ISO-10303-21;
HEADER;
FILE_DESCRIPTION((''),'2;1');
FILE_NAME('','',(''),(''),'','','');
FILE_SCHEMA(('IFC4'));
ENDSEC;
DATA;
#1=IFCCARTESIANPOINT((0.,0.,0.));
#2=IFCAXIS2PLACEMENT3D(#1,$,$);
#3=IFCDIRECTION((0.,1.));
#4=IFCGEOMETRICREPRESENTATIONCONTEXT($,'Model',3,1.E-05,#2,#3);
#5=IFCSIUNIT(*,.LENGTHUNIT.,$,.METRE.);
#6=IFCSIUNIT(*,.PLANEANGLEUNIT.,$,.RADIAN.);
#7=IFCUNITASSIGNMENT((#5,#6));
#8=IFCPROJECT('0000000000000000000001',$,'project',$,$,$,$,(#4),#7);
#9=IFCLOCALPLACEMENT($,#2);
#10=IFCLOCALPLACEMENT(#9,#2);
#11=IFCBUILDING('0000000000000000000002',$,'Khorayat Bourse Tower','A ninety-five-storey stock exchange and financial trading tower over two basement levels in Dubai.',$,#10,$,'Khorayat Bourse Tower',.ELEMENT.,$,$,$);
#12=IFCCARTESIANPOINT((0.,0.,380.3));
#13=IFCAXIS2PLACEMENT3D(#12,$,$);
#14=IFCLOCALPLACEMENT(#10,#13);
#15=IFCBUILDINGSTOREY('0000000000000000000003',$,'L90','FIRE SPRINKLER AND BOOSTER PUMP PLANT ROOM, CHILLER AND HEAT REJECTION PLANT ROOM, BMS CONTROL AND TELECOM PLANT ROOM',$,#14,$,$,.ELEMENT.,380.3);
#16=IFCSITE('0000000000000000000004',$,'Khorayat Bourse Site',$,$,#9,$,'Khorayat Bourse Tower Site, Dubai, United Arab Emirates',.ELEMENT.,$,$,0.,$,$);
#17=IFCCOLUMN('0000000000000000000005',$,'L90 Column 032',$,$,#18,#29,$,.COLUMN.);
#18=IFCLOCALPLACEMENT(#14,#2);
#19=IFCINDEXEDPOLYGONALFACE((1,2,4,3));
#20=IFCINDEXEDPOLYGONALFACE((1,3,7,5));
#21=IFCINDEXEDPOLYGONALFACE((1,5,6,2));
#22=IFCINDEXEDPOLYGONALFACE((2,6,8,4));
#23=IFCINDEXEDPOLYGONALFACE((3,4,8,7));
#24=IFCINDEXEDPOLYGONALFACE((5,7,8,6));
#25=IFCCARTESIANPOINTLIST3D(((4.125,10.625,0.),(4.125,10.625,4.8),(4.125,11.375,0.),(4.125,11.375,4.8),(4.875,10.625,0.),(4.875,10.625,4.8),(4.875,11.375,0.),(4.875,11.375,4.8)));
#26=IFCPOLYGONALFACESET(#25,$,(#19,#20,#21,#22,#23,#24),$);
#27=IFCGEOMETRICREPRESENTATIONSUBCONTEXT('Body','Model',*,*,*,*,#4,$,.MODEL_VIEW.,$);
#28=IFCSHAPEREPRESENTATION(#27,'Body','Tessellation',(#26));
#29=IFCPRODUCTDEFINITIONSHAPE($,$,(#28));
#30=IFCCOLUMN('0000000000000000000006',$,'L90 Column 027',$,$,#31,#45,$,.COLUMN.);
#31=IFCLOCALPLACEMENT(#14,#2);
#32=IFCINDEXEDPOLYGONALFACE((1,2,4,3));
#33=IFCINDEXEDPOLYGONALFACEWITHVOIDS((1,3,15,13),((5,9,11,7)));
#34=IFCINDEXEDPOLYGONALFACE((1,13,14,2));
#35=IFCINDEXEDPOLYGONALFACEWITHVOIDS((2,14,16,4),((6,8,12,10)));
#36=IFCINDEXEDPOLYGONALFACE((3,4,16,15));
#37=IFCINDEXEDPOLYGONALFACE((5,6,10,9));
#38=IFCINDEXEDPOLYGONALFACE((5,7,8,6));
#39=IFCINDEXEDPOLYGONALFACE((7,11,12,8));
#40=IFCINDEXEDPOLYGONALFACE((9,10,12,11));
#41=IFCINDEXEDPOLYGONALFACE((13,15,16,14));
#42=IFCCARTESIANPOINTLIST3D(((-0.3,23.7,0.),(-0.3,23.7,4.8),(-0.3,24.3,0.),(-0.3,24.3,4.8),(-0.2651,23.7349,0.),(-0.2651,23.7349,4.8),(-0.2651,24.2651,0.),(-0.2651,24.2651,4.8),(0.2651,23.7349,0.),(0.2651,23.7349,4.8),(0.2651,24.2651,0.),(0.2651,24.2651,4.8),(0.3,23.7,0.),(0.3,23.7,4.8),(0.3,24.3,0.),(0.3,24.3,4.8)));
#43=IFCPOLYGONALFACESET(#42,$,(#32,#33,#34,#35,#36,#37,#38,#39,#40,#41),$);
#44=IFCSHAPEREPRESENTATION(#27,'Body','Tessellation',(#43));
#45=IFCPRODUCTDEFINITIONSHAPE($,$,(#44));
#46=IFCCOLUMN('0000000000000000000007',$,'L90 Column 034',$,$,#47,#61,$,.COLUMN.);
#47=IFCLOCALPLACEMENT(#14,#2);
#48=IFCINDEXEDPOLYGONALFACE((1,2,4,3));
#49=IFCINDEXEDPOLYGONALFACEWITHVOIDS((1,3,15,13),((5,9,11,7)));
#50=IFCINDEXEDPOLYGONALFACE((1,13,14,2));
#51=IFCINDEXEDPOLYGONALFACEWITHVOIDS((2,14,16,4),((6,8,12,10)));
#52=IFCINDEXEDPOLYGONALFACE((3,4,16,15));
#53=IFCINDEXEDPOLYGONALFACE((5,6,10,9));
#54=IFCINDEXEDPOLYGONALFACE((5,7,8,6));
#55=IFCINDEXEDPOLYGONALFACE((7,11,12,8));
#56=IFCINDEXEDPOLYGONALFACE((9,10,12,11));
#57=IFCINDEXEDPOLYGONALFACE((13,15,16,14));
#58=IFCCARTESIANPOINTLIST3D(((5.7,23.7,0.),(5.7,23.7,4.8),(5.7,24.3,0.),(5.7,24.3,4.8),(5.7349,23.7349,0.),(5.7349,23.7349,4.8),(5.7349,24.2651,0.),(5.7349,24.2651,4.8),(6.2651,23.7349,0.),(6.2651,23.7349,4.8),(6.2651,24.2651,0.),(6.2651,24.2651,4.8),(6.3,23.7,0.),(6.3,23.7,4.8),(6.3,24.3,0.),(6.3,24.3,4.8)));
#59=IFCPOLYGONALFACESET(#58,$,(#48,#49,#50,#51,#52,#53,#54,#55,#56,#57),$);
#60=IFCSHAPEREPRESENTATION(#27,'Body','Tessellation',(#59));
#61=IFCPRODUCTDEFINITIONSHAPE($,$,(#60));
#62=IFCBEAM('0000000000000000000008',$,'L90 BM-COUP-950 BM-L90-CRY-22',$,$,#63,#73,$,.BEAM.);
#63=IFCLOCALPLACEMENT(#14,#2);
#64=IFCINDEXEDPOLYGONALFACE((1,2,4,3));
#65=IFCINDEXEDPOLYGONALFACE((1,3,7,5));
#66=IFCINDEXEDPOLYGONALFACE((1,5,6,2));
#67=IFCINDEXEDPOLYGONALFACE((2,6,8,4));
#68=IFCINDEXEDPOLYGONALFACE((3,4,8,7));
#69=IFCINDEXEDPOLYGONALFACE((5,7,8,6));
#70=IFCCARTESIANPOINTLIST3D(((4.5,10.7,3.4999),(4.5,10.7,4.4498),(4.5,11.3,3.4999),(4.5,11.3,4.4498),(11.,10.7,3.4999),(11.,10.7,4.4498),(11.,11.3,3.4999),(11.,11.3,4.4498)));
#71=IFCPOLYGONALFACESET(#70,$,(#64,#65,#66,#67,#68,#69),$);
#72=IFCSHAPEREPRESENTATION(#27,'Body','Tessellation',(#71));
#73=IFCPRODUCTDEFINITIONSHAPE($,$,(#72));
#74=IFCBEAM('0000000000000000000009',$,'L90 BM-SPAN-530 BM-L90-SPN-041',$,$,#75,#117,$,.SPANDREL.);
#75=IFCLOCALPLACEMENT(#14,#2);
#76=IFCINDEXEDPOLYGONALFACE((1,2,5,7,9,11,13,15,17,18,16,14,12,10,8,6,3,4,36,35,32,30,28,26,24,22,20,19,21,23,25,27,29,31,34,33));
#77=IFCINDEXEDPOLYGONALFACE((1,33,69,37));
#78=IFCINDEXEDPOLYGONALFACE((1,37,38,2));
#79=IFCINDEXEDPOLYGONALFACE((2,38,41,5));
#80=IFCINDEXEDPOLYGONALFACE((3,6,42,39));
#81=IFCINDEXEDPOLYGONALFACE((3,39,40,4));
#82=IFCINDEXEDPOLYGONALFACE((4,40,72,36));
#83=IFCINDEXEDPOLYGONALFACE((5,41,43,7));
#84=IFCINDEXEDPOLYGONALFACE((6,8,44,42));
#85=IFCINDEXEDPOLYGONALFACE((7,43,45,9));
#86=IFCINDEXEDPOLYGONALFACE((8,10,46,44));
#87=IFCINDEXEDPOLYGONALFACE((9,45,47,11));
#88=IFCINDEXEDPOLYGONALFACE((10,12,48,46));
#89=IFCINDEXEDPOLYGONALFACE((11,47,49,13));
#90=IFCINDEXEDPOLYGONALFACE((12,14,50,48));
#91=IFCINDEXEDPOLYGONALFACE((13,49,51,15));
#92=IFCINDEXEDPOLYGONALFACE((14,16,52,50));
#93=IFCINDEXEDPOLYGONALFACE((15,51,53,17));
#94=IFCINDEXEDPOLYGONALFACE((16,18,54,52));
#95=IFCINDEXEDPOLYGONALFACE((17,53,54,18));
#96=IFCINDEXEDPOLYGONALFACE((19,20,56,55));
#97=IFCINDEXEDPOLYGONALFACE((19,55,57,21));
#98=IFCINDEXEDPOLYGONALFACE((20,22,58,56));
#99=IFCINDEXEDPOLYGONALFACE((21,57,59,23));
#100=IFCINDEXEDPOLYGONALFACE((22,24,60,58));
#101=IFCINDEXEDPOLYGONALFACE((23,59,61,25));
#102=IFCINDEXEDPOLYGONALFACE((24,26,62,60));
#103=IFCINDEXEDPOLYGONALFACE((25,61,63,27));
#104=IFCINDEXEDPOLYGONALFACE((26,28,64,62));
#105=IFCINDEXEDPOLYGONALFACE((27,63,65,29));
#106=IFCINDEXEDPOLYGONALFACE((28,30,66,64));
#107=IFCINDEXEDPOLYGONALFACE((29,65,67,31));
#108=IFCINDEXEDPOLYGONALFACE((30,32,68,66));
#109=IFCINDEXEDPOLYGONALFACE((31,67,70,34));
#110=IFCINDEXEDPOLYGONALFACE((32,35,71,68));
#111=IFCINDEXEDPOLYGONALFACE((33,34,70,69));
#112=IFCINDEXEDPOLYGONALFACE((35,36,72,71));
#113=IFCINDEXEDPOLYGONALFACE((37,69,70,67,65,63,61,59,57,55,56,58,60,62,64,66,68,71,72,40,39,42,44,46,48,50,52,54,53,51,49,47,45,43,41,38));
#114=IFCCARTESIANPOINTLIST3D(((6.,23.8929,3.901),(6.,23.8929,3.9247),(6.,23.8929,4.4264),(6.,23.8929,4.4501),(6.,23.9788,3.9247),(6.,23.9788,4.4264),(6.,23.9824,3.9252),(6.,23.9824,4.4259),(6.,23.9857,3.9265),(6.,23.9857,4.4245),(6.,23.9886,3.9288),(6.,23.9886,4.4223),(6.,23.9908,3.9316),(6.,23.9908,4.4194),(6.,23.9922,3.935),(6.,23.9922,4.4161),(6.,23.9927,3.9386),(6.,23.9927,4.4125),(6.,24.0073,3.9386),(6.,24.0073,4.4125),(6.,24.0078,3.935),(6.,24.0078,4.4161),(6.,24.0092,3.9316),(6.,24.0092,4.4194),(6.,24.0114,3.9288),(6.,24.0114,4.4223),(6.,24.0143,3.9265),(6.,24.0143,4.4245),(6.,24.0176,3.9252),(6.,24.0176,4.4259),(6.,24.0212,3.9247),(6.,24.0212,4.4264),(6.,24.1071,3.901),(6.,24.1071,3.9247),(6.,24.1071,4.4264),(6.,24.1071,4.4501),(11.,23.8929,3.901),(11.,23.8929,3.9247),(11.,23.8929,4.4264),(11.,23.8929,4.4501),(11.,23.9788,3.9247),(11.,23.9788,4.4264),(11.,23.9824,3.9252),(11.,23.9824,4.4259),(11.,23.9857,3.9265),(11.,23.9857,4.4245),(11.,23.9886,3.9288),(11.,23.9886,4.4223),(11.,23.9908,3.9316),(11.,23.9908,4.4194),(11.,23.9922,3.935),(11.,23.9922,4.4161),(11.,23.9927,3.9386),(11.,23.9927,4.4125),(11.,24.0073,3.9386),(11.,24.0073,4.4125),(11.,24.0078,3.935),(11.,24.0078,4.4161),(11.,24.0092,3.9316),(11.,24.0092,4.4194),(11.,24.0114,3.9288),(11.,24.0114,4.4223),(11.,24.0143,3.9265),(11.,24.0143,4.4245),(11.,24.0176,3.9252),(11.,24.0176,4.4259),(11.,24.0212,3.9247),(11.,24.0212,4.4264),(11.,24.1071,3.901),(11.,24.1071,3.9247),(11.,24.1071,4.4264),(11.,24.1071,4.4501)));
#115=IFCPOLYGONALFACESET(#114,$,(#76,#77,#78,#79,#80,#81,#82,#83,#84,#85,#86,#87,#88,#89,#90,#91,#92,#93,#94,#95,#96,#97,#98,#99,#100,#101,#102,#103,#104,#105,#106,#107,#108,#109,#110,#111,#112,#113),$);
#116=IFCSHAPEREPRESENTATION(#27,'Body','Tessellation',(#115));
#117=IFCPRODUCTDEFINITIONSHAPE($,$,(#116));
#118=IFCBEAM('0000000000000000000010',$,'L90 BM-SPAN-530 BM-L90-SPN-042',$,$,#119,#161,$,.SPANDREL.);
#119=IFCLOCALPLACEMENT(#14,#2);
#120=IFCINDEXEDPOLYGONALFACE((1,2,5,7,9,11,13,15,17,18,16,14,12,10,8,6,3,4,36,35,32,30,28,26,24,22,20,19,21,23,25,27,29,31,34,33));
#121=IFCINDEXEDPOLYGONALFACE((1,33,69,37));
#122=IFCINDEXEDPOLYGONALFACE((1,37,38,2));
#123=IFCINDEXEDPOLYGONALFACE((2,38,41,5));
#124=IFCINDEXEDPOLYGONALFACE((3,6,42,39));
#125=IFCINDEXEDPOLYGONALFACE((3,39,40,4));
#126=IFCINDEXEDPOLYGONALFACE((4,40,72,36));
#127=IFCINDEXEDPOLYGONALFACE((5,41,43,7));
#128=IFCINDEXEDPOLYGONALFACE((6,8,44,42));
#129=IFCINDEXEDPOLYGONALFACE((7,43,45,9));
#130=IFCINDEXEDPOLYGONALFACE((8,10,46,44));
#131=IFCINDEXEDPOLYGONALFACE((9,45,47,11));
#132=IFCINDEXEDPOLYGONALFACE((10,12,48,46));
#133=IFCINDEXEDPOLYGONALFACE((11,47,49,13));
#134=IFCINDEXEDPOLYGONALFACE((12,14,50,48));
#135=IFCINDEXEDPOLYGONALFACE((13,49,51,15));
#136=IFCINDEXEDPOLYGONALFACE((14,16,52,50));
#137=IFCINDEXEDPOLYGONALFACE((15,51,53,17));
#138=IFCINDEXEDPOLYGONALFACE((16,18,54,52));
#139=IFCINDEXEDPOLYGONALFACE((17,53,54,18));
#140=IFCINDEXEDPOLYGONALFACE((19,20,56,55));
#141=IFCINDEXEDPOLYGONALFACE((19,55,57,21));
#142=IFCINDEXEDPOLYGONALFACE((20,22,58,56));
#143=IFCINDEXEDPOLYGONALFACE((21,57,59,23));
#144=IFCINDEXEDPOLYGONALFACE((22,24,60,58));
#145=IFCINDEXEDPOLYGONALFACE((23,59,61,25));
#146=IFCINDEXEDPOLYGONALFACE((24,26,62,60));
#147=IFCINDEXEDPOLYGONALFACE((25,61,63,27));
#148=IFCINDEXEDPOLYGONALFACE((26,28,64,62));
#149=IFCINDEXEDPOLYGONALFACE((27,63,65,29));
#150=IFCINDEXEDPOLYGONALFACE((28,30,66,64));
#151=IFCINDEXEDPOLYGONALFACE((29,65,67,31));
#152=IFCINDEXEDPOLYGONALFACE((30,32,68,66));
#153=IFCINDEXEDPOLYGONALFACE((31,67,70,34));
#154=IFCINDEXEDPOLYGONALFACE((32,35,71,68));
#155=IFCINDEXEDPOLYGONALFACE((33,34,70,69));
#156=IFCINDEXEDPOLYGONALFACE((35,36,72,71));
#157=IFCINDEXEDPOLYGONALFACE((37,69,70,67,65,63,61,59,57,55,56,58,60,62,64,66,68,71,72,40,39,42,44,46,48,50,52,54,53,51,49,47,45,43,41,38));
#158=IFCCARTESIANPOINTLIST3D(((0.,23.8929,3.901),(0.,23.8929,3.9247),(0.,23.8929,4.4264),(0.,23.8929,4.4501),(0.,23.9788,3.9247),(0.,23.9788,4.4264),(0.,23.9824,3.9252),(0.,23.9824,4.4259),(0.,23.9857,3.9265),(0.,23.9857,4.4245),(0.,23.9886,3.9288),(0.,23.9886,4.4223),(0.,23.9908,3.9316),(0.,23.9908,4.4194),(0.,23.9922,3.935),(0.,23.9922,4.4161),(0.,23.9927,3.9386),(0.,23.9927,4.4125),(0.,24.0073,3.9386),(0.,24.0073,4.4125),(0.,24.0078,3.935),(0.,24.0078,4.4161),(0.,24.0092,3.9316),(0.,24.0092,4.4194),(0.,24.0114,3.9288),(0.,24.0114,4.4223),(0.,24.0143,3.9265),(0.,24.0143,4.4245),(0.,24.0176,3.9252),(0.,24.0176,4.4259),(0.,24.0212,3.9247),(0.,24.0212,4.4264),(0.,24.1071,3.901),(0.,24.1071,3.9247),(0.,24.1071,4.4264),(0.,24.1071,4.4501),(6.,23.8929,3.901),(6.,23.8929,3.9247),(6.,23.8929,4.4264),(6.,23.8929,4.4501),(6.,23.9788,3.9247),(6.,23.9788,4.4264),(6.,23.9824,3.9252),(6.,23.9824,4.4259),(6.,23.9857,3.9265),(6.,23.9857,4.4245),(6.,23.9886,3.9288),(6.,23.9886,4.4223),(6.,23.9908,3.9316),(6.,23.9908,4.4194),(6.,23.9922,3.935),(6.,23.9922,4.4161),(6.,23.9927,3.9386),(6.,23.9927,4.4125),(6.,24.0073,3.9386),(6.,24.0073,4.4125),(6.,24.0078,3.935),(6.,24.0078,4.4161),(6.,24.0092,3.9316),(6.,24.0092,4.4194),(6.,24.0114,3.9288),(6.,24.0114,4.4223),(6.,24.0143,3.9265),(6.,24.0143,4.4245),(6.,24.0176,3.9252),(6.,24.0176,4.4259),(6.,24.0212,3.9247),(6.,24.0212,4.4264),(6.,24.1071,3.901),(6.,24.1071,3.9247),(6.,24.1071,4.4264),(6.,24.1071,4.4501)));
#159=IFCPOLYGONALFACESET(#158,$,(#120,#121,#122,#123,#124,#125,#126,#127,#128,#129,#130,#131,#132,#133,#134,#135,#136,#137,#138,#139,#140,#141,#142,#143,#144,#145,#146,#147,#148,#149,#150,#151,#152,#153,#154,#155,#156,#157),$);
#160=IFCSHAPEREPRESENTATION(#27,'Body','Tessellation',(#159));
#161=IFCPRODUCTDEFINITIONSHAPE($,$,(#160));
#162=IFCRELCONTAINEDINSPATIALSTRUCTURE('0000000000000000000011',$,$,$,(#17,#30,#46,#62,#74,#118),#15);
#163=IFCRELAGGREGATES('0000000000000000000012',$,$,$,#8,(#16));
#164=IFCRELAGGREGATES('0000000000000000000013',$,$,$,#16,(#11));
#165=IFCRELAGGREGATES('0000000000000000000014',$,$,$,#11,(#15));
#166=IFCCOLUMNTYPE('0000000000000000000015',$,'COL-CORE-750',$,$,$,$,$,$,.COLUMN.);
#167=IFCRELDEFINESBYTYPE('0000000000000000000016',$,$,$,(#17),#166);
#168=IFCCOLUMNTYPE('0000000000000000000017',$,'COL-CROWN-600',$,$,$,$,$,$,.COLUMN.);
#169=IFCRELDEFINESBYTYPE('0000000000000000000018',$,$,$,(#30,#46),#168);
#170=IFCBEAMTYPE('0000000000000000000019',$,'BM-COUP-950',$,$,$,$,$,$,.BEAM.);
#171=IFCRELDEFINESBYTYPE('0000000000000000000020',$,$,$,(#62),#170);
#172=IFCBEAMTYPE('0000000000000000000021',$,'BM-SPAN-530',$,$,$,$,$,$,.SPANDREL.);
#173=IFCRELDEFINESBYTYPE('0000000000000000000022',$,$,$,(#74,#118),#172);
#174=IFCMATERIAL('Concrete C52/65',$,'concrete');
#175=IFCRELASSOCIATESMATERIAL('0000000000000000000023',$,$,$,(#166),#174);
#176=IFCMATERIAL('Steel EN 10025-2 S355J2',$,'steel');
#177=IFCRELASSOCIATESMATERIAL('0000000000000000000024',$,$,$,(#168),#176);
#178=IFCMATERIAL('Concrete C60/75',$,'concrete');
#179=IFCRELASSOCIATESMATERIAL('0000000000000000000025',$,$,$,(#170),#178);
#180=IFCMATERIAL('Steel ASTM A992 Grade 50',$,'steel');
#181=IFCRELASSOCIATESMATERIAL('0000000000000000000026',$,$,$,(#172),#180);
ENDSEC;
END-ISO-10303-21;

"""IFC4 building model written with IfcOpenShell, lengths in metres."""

from ifc_helpers import new_model, si_unit, direction, frame, origin, origin_2d, place, context, subcontext, project, spatial, rectangle, hollow_rectangle, i_section, extrude, source, transform, mapped, material, material_profile, profile_set, type_object, element, save


model = new_model("IFC4")

# Units and contexts
model_context = context("Model", 3, precision=1e-05, world=origin(), true_north=direction((0.0, 1.0)))
body_context = subcontext(model_context, "Body", "Model", "MODEL_VIEW")
ifc_project = project(units=[si_unit("LENGTHUNIT", "METRE"), si_unit("PLANEANGLEUNIT", "RADIAN")], contexts=[model_context])

# Site, building, storey
site_placement = place(None, origin())
site = spatial("IfcSite", under=ifc_project, at=site_placement, Name="Khorayat Bourse Site", LongName="Khorayat Bourse Tower Site, Dubai, United Arab Emirates", CompositionType="ELEMENT", RefElevation=0.0)
building_placement = place(site_placement, origin())
building = spatial("IfcBuilding", under=site, at=building_placement, Name="Khorayat Bourse Tower", Description="A ninety-five-storey stock exchange and financial trading tower over two basement levels in Dubai.", LongName="Khorayat Bourse Tower", CompositionType="ELEMENT")
storey_placement = place(building_placement, frame((0.0, 0.0, 380.3)))
storey = spatial("IfcBuildingStorey", under=building, at=storey_placement, Name="L90", Description="FIRE SPRINKLER AND BOOSTER PUMP PLANT ROOM, CHILLER AND HEAT REJECTION PLANT ROOM, BMS CONTROL AND TELECOM PLANT ROOM", CompositionType="ELEMENT", Elevation=380.3)

# Columns
ifc_material_1 = material(Name="Concrete C52/65", Category="concrete")
ifc_material_profile_1 = material_profile(ifc_material_1, rectangle(XDim=0.75, YDim=0.75, at=origin_2d()), Name="RC 750x750")
ifc_profile_set_1 = profile_set([ifc_material_profile_1], Name="Concrete C52/65")
column_type_1 = type_object("IfcColumnType", Name="COL-CORE-750", PredefinedType="COLUMN", material=ifc_profile_set_1)
shared_shape_1 = source(origin(), body_context, "Body", "SweptSolid", [
    extrude(rectangle(XDim=0.75, YDim=0.75, at=origin_2d()), origin(), (0.0, 0.0, 1.0), 4.8),
])
column_placement = place(storey_placement, frame((4.5, 11.0, 0.0), z_axis=(0.0, 0.0, 1.0), x_axis=(1.0, 0.0, 0.0)))
element("IfcColumn", 1, at=column_placement, inside=storey, type_object=column_type_1, Name="L90 Column 032", PredefinedType="COLUMN", context=body_context, shape_type="MappedRepresentation", body=[
    mapped(shared_shape_1, transform((0.0, 0.0, 0.0), scale=1.0)),
])
ifc_material_2 = material(Name="Steel EN 10025-2 S355J2", Category="steel")
ifc_material_profile_2 = material_profile(ifc_material_2, hollow_rectangle(XDim=0.6001, YDim=0.6001, WallThickness=0.0349, at=origin_2d()), Name="BOX 600x600x35")
ifc_profile_set_2 = profile_set([ifc_material_profile_2], Name="Steel EN 10025-2 S355J2")
column_type_2 = type_object("IfcColumnType", Name="COL-CROWN-600", PredefinedType="COLUMN", material=ifc_profile_set_2)
shared_shape_2 = source(origin(), body_context, "Body", "SweptSolid", [
    extrude(hollow_rectangle(XDim=0.6001, YDim=0.6001, WallThickness=0.0349, at=origin_2d()), origin(), (0.0, 0.0, 1.0), 4.8),
])
for number, where, z_axis, x_axis, name in (
    (2, (0.0, 24.0, 0.0), (0.0, 0.0, 1.0), (1.0, 0.0, 0.0), "L90 Column 027"),
    (3, (6.0, 24.0, 0.0), (0.0, 0.0, 1.0), (1.0, 0.0, 0.0), "L90 Column 034"),
):
    element("IfcColumn", number, at=place(storey_placement, frame(where, z_axis=z_axis, x_axis=x_axis)), inside=storey, type_object=column_type_2, Name=name, PredefinedType="COLUMN", context=body_context, shape_type="MappedRepresentation", body=[
        mapped(shared_shape_2, transform((0.0, 0.0, 0.0), scale=1.0)),
    ])

# Beams
ifc_material_3 = material(Name="Concrete C60/75", Category="concrete")
ifc_material_profile_3 = material_profile(ifc_material_3, rectangle(XDim=0.6001, YDim=0.95, at=origin_2d()), Name="RC 600x950")
ifc_profile_set_3 = profile_set([ifc_material_profile_3], Name="Concrete C60/75")
beam_type_1 = type_object("IfcBeamType", Name="BM-COUP-950", PredefinedType="BEAM", material=ifc_profile_set_3)
shared_shape_3 = source(origin(), body_context, "Body", "SweptSolid", [
    extrude(rectangle(XDim=0.6001, YDim=0.95, at=origin_2d()), origin(), (0.0, 0.0, 1.0), 6.5),
])
beam_1_placement = place(storey_placement, frame((4.5, 11.0, 3.9749), z_axis=(1.0, 0.0, 0.0), x_axis=(0.0, 1.0, 0.0)))
element("IfcBeam", 4, at=beam_1_placement, inside=storey, type_object=beam_type_1, Name="L90 BM-COUP-950 BM-L90-CRY-22", PredefinedType="BEAM", context=body_context, shape_type="MappedRepresentation", body=[
    mapped(shared_shape_3, transform((0.0, 0.0, 0.0), scale=1.0)),
])
ifc_material_4 = material(Name="Steel ASTM A992 Grade 50", Category="steel")
ifc_material_profile_4 = material_profile(ifc_material_4, i_section(OverallWidth=0.2141, OverallDepth=0.5491, WebThickness=0.0146, FlangeThickness=0.0237, FilletRadius=0.0139, at=origin_2d()), Name="W530X138")
ifc_profile_set_4 = profile_set([ifc_material_profile_4], Name="Steel ASTM A992 Grade 50")
beam_type_2 = type_object("IfcBeamType", Name="BM-SPAN-530", PredefinedType="SPANDREL", material=ifc_profile_set_4)
shared_shape_4 = source(origin(), body_context, "Body", "SweptSolid", [
    extrude(i_section(OverallWidth=0.2141, OverallDepth=0.5491, WebThickness=0.0146, FlangeThickness=0.0237, FilletRadius=0.0139, at=origin_2d()), origin(), (0.0, 0.0, 1.0), 5.0),
])
beam_2_placement = place(storey_placement, frame((6.0, 24.0, 4.1755), z_axis=(1.0, 0.0, 0.0), x_axis=(0.0, 1.0, 0.0)))
element("IfcBeam", 5, at=beam_2_placement, inside=storey, type_object=beam_type_2, Name="L90 BM-SPAN-530 BM-L90-SPN-041", PredefinedType="SPANDREL", context=body_context, shape_type="MappedRepresentation", body=[
    mapped(shared_shape_4, transform((0.0, 0.0, 0.0), scale=1.0)),
])
shared_shape_5 = source(origin(), body_context, "Body", "SweptSolid", [
    extrude(i_section(OverallWidth=0.2141, OverallDepth=0.5491, WebThickness=0.0146, FlangeThickness=0.0237, FilletRadius=0.0139, at=origin_2d()), origin(), (0.0, 0.0, 1.0), 6.0),
])
beam_3_placement = place(storey_placement, frame((0.0, 24.0, 4.1755), z_axis=(1.0, 0.0, 0.0), x_axis=(0.0, 1.0, 0.0)))
element("IfcBeam", 6, at=beam_3_placement, inside=storey, type_object=beam_type_2, Name="L90 BM-SPAN-530 BM-L90-SPN-042", PredefinedType="SPANDREL", context=body_context, shape_type="MappedRepresentation", body=[
    mapped(shared_shape_5, transform((0.0, 0.0, 0.0), scale=1.0)),
])

save(model, "model.ifc")
